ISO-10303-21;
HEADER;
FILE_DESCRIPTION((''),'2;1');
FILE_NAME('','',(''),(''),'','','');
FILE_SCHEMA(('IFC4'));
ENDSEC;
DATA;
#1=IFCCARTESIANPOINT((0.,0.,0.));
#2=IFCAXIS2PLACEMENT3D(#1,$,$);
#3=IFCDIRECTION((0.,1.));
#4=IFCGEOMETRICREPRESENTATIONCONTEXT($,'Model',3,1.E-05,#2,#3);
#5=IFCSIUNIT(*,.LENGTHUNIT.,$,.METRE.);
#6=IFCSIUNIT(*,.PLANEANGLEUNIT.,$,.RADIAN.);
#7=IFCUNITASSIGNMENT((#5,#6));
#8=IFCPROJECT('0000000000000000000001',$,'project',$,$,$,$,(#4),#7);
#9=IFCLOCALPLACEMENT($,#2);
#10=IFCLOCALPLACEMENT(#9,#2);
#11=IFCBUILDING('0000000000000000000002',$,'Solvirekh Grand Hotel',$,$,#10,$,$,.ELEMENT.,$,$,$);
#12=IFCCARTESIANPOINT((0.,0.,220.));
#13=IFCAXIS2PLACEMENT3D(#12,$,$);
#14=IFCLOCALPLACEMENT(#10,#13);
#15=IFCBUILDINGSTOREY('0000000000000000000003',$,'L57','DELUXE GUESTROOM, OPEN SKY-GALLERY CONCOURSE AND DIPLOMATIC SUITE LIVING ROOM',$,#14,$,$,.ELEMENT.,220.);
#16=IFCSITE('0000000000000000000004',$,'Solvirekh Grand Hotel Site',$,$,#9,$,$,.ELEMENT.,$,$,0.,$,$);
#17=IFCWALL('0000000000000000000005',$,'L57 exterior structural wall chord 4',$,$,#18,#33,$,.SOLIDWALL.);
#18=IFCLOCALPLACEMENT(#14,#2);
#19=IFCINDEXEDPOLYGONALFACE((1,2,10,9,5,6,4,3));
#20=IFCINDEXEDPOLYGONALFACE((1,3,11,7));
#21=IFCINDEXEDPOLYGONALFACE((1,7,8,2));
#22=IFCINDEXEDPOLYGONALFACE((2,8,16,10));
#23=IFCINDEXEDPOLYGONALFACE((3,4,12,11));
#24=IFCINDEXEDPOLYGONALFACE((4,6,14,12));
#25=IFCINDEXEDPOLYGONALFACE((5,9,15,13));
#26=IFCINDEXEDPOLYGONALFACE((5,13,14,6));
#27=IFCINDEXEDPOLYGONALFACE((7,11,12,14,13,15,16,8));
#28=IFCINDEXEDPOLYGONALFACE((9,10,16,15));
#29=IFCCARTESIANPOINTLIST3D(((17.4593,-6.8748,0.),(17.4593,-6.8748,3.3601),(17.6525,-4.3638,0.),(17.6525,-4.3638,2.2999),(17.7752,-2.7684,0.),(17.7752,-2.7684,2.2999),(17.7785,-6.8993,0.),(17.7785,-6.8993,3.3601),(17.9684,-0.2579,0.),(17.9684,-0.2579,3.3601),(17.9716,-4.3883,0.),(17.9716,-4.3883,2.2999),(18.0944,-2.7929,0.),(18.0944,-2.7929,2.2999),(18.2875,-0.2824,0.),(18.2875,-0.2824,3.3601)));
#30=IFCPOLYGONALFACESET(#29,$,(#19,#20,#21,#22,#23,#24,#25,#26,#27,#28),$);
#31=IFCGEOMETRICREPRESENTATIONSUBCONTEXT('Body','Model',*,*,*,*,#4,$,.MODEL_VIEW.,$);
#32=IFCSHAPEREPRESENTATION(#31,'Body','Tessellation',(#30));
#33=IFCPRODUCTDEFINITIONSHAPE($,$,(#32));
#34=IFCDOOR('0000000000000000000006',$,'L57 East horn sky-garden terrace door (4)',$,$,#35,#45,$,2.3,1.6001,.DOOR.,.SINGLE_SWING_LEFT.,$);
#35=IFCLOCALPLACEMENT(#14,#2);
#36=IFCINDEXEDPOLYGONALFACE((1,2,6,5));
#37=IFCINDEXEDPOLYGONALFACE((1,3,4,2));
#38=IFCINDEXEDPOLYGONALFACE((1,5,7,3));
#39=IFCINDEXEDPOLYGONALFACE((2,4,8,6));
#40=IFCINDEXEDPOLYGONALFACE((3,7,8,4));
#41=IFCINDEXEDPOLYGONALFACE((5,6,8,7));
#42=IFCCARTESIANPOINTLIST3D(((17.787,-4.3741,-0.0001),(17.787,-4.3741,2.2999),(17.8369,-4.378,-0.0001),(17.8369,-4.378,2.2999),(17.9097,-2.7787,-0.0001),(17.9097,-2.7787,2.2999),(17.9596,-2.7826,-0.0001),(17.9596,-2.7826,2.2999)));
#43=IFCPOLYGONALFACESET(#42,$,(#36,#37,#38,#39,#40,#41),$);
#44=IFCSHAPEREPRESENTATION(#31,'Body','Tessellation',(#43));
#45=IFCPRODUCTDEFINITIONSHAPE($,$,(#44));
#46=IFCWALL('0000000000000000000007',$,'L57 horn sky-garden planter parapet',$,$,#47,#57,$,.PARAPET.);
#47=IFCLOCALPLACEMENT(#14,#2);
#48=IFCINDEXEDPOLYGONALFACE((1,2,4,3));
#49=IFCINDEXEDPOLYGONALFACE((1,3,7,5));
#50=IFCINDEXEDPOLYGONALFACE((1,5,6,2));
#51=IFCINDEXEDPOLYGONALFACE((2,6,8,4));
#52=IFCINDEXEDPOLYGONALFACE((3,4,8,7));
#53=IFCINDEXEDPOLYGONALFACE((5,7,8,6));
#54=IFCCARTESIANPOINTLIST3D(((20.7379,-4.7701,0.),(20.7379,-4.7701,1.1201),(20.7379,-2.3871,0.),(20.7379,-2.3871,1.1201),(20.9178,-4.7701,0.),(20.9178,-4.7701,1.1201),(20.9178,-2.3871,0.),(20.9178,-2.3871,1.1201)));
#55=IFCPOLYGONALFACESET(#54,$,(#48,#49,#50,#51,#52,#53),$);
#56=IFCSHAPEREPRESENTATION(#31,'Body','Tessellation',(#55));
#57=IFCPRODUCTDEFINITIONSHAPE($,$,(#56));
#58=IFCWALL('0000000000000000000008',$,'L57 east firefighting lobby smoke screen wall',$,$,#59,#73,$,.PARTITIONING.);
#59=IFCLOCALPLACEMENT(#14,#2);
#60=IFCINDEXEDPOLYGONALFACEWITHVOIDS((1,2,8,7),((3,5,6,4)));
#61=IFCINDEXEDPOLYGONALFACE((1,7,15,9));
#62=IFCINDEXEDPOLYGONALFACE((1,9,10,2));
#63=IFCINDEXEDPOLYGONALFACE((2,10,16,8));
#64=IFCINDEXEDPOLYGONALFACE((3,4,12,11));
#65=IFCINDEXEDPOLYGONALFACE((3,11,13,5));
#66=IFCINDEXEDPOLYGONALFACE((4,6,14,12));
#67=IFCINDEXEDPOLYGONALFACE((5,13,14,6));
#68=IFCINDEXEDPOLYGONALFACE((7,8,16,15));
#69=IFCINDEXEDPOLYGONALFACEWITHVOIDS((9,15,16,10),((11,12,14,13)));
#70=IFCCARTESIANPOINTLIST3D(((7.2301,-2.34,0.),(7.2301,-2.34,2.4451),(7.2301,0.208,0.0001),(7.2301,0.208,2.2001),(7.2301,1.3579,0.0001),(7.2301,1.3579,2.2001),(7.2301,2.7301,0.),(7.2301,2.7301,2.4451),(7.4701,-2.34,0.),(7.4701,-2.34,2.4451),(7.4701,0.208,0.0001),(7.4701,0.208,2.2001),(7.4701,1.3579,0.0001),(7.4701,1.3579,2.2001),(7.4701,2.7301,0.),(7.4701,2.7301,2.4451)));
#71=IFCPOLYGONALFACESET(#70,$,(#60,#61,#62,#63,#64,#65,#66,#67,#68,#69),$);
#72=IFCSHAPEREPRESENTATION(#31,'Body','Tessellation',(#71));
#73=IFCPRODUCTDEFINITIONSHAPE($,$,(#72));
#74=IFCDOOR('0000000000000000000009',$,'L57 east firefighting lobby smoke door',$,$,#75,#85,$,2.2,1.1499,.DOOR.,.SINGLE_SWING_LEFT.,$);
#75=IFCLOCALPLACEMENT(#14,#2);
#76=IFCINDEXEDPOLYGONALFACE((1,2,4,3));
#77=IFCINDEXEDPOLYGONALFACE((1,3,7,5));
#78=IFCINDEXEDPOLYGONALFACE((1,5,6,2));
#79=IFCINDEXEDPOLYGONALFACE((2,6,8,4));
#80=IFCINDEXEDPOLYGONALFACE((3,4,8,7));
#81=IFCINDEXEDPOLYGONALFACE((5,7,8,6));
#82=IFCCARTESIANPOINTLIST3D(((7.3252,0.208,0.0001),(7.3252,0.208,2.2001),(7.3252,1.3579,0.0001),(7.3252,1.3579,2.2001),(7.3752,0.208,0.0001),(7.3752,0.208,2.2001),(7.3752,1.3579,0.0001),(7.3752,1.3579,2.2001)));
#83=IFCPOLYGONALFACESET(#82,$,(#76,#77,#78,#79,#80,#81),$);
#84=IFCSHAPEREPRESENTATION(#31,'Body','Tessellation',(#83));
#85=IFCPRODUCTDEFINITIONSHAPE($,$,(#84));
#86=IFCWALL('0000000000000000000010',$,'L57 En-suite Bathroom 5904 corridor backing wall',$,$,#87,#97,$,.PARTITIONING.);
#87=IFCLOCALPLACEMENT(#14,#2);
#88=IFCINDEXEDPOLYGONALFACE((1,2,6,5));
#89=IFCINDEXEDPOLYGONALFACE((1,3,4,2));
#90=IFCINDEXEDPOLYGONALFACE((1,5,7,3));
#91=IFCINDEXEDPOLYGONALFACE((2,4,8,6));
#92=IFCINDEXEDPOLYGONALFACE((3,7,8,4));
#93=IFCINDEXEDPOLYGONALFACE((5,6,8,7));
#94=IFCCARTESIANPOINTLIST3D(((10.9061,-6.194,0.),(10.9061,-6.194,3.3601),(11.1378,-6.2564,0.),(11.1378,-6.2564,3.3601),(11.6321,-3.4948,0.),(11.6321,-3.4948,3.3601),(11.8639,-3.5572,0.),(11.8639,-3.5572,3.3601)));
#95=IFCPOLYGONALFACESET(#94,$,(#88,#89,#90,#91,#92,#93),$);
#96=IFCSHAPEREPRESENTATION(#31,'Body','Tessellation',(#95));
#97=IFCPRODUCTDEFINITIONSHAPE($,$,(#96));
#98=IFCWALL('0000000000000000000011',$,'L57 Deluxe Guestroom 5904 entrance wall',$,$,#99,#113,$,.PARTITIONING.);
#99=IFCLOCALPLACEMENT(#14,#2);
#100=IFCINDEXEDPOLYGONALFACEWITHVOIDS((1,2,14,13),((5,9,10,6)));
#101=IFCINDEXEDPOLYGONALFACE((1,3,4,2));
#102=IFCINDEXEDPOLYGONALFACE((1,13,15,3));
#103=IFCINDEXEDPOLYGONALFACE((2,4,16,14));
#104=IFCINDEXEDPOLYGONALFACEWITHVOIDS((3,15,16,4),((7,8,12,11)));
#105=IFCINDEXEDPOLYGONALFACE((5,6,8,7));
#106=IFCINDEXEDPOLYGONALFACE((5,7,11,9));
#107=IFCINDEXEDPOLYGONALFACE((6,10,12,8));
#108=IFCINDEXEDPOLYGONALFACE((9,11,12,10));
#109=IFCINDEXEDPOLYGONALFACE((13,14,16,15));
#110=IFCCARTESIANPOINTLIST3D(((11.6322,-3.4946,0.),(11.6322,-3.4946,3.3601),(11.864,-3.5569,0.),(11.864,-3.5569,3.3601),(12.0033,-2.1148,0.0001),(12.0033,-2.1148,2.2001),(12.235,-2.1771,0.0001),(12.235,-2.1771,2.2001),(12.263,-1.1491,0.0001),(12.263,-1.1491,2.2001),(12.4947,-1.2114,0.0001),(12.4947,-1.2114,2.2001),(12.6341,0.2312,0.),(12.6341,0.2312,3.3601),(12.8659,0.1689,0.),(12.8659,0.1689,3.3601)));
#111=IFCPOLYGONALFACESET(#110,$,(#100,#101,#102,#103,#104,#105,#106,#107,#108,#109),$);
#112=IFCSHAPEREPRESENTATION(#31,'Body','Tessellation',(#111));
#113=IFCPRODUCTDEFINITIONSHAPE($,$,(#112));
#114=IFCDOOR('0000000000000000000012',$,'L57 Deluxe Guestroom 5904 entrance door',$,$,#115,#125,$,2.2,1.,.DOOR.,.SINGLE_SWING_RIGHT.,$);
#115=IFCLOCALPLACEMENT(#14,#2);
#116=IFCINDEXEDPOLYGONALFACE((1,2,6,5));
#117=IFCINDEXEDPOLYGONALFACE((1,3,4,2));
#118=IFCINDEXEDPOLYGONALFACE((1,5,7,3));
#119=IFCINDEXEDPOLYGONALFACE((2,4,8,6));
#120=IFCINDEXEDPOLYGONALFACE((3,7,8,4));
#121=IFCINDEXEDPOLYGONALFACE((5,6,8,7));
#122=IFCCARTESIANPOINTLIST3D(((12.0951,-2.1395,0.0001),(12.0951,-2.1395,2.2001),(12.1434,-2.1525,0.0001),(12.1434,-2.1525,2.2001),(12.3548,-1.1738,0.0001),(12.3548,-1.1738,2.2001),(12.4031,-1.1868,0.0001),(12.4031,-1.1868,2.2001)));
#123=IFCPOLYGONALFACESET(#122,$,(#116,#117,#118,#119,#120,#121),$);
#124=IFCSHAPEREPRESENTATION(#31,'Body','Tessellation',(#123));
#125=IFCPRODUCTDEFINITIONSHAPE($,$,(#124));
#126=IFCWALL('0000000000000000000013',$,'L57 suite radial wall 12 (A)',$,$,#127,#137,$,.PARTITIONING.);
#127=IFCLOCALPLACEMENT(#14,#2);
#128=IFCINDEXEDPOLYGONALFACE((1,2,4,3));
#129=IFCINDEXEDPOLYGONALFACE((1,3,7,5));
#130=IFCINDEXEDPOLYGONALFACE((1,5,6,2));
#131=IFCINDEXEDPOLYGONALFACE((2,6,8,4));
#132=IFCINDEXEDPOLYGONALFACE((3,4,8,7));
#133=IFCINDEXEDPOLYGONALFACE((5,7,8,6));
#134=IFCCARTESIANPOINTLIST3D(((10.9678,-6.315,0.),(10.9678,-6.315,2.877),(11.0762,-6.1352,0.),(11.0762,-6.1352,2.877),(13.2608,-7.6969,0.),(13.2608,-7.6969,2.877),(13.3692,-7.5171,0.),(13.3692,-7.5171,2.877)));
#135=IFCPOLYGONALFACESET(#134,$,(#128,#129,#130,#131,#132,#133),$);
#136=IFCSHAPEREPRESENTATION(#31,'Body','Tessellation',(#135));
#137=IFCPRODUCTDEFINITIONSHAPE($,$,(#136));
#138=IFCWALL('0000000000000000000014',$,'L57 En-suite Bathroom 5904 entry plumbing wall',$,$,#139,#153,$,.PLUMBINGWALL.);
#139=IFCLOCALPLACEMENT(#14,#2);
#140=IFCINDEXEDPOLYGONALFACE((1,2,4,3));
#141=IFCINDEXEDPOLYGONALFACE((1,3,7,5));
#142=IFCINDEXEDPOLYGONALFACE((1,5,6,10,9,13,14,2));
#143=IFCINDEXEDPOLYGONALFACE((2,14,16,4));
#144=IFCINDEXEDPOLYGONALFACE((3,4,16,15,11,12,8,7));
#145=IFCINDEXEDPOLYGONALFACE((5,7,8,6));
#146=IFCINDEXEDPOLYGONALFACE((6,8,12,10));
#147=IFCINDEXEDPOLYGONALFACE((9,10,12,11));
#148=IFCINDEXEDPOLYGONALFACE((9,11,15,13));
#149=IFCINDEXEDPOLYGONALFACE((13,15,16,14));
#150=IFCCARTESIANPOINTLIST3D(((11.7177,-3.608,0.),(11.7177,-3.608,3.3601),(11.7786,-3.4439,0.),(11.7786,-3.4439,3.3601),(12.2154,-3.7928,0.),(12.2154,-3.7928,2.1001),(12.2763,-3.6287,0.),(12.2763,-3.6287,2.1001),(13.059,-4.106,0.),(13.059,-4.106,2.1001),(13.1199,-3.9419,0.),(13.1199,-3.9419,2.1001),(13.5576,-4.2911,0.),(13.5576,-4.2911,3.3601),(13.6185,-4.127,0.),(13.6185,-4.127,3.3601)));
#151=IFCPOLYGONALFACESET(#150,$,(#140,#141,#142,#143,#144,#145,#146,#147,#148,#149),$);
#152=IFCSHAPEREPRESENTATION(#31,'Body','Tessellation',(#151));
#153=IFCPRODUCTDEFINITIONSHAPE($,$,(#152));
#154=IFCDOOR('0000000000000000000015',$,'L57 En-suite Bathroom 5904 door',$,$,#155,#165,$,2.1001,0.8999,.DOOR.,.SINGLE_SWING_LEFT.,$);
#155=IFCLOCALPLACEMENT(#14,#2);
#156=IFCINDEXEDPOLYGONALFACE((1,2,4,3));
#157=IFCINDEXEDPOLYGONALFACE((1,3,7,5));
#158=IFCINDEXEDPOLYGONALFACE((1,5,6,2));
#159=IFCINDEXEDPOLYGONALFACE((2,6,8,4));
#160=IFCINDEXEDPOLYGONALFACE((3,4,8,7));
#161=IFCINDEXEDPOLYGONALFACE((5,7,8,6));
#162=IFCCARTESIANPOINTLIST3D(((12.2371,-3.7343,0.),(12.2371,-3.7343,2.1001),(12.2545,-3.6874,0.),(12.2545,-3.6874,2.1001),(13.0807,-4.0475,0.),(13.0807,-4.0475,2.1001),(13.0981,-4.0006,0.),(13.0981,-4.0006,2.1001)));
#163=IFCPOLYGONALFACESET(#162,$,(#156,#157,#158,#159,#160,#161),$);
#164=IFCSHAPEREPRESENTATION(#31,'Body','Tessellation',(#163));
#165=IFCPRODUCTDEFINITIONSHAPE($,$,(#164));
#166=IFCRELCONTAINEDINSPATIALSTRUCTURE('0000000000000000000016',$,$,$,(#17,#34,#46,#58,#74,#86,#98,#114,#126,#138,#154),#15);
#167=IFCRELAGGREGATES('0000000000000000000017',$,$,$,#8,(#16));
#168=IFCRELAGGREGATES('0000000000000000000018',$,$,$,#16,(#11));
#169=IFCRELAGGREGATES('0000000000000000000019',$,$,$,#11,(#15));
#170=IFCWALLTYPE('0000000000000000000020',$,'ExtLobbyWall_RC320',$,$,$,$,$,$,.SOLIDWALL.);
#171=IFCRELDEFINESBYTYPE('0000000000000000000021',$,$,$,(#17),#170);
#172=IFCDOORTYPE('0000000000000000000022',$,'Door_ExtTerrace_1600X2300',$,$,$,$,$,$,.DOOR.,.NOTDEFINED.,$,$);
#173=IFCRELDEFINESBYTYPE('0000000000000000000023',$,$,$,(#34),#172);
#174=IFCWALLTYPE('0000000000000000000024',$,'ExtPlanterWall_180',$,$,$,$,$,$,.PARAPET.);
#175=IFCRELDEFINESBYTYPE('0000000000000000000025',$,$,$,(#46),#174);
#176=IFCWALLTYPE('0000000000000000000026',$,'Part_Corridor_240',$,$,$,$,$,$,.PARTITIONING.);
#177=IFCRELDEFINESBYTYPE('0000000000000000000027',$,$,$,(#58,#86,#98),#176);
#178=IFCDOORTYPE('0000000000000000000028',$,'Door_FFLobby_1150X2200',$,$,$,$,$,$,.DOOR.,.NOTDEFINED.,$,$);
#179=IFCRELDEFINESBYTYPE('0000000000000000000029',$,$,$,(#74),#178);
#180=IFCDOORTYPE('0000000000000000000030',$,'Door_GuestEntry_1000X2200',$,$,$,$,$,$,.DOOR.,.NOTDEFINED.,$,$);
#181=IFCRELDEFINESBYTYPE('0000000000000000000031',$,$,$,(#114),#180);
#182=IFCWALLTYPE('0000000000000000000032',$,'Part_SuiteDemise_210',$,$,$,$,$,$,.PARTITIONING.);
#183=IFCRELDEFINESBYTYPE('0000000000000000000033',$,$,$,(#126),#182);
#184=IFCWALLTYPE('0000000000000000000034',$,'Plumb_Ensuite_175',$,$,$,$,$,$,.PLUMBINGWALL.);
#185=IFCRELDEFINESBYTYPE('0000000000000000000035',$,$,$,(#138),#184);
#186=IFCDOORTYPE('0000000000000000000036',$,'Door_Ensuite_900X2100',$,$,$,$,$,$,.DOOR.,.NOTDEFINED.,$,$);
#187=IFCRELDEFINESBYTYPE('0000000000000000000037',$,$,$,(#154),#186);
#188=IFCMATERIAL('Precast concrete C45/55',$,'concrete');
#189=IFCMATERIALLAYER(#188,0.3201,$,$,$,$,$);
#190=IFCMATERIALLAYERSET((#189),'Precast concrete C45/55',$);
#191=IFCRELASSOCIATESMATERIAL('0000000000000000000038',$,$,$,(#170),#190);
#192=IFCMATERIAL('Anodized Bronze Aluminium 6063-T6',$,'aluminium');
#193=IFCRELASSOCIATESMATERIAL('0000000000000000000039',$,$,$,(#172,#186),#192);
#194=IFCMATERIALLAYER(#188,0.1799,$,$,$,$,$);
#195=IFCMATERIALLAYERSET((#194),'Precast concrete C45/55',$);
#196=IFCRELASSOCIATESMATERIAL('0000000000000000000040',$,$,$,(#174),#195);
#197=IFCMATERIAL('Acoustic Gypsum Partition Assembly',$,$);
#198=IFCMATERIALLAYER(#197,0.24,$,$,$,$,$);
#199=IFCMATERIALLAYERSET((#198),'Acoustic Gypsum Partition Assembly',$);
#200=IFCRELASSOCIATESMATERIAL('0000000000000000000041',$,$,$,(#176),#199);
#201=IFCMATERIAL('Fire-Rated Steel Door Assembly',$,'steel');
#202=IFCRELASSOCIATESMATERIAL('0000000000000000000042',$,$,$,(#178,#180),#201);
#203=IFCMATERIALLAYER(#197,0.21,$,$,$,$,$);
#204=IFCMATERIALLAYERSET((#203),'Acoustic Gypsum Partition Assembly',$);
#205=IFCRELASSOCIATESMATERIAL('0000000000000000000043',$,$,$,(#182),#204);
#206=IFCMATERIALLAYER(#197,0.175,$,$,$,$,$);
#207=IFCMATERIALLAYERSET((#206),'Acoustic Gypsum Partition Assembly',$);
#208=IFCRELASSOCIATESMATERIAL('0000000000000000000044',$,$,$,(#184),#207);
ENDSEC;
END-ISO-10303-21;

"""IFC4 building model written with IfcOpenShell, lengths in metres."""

from ifc_helpers import new_model, si_unit, direction, frame, frame_2d, origin, place, context, subcontext, project, spatial, rectangle, extrude, material, layer, layer_set, type_object, element, fill, save


model = new_model("IFC4")

# Units and contexts
model_context = context("Model", 3, precision=1e-05, world=origin(), true_north=direction((0.0, 1.0)))
body_context = subcontext(model_context, "Body", "Model", "MODEL_VIEW")
ifc_project = project(units=[si_unit("LENGTHUNIT", "METRE"), si_unit("PLANEANGLEUNIT", "RADIAN")], contexts=[model_context])

# Site, building, storey
site_placement = place(None, origin())
site = spatial("IfcSite", under=ifc_project, at=site_placement, Name="Solvirekh Grand Hotel Site", CompositionType="ELEMENT", RefElevation=0.0)
building_placement = place(site_placement, origin())
building = spatial("IfcBuilding", under=site, at=building_placement, Name="Solvirekh Grand Hotel", CompositionType="ELEMENT")
storey_placement = place(building_placement, frame((0.0, 0.0, 220.0)))
storey = spatial("IfcBuildingStorey", under=building, at=storey_placement, Name="L57", Description="DELUXE GUESTROOM, OPEN SKY-GALLERY CONCOURSE AND DIPLOMATIC SUITE LIVING ROOM", CompositionType="ELEMENT", Elevation=220.0)

# Shared definitions
ifc_material_1 = material(Name="Anodized Bronze Aluminium 6063-T6", Category="aluminium")

# Wall, opening, door
ifc_material_2 = material(Name="Precast concrete C45/55", Category="concrete")
ifc_layer_1 = layer(ifc_material_2, 0.3201)
ifc_layer_set_1 = layer_set([ifc_layer_1], Name="Precast concrete C45/55")
wall_type_1 = type_object("IfcWallType", Name="ExtLobbyWall_RC320", PredefinedType="SOLIDWALL", material=ifc_layer_set_1)
wall_1_placement = place(storey_placement, frame((18.1279, -0.27, 0.0), z_axis=(0.0, 0.0, 1.0), x_axis=(-0.076702, -0.997054, 0.0)))
wall_1 = element("IfcWall", 1, at=wall_1_placement, inside=storey, type_object=wall_type_1, Name="L57 exterior structural wall chord 4", PredefinedType="SOLIDWALL", context=body_context, shape_type="SweptSolid", body=[
    extrude(rectangle(XDim=6.6365, YDim=0.3201, at=frame_2d((3.3184, 0.0))), origin(), (0.0, 0.0, 1.0), 3.3601),
])
opening_1_placement = place(wall_1_placement, frame((2.5181, 0.0, 0.0)))
opening_1 = element("IfcOpeningElement", 2, at=opening_1_placement, cuts=wall_1, PredefinedType="OPENING", context=body_context, shape_type="SweptSolid", body=[
    extrude(rectangle(XDim=1.6001, YDim=2.3, at=frame_2d((0.8, 1.1499))), frame((0.0, 0.1699, 0.0), z_axis=(0.0, -1.0, 0.0), x_axis=(1.0, 0.0, 0.0)), (0.0, 0.0, 1.0), 0.3401),
])
door_type_1 = type_object("IfcDoorType", Name="Door_ExtTerrace_1600X2300", OperationType="NOTDEFINED", PredefinedType="DOOR", material=ifc_material_1)
door_1_placement = place(opening_1_placement, origin())
door_1 = element("IfcDoor", 3, at=door_1_placement, inside=storey, type_object=door_type_1, Name="L57 East horn sky-garden terrace door (4)", OperationType="SINGLE_SWING_LEFT", OverallHeight=2.3, OverallWidth=1.6001, PredefinedType="DOOR", context=body_context, shape_type="SweptSolid", body=[
    extrude(rectangle(XDim=1.6001, YDim=2.3, at=frame_2d((0.8, 1.1499))), frame((0.0, 0.0249, 0.0), z_axis=(0.0, -1.0, 0.0), x_axis=(1.0, 0.0, 0.0)), (0.0, 0.0, 1.0), 0.05),
])
fill(opening_1, door_1)

# Wall
ifc_layer_2 = layer(ifc_material_2, 0.1799)
ifc_layer_set_2 = layer_set([ifc_layer_2], Name="Precast concrete C45/55")
wall_type_2 = type_object("IfcWallType", Name="ExtPlanterWall_180", PredefinedType="PARAPET", material=ifc_layer_set_2)
wall_2_placement = place(storey_placement, frame((20.8279, -4.77, 0.0), z_axis=(0.0, 0.0, 1.0), x_axis=(0.0, 1.0, 0.0)))
element("IfcWall", 4, at=wall_2_placement, inside=storey, type_object=wall_type_2, Name="L57 horn sky-garden planter parapet", PredefinedType="PARAPET", context=body_context, shape_type="SweptSolid", body=[
    extrude(rectangle(XDim=2.3831, YDim=0.1799, at=frame_2d((1.1914, 0.0))), origin(), (0.0, 0.0, 1.0), 1.1201),
])

# Wall, opening, door
ifc_material_3 = material(Name="Acoustic Gypsum Partition Assembly")
ifc_layer_3 = layer(ifc_material_3, 0.24)
ifc_layer_set_3 = layer_set([ifc_layer_3], Name="Acoustic Gypsum Partition Assembly")
wall_type_3 = type_object("IfcWallType", Name="Part_Corridor_240", PredefinedType="PARTITIONING", material=ifc_layer_set_3)
wall_3_placement = place(storey_placement, frame((7.3501, -2.3401, 0.0), z_axis=(0.0, 0.0, 1.0), x_axis=(0.0, 1.0, 0.0)))
wall_3 = element("IfcWall", 5, at=wall_3_placement, inside=storey, type_object=wall_type_3, Name="L57 east firefighting lobby smoke screen wall", PredefinedType="PARTITIONING", context=body_context, shape_type="SweptSolid", body=[
    extrude(rectangle(XDim=5.0701, YDim=0.24, at=frame_2d((2.5352, 0.0))), origin(), (0.0, 0.0, 1.0), 2.4451),
])
opening_2_placement = place(wall_3_placement, frame((2.5481, 0.0, 0.0)))
opening_2 = element("IfcOpeningElement", 6, at=opening_2_placement, cuts=wall_3, PredefinedType="OPENING", context=body_context, shape_type="SweptSolid", body=[
    extrude(rectangle(XDim=1.1499, YDim=2.2, at=frame_2d((0.575, 1.1001))), frame((0.0, 0.1299, 0.0), z_axis=(0.0, -1.0, 0.0), x_axis=(1.0, 0.0, 0.0)), (0.0, 0.0, 1.0), 0.26),
])
ifc_material_4 = material(Name="Fire-Rated Steel Door Assembly", Category="steel")
door_type_2 = type_object("IfcDoorType", Name="Door_FFLobby_1150X2200", OperationType="NOTDEFINED", PredefinedType="DOOR", material=ifc_material_4)
door_2_placement = place(opening_2_placement, origin())
door_2 = element("IfcDoor", 7, at=door_2_placement, inside=storey, type_object=door_type_2, Name="L57 east firefighting lobby smoke door", OperationType="SINGLE_SWING_LEFT", OverallHeight=2.2, OverallWidth=1.1499, PredefinedType="DOOR", context=body_context, shape_type="SweptSolid", body=[
    extrude(rectangle(XDim=1.1499, YDim=2.2, at=frame_2d((0.575, 1.1001))), frame((0.0, 0.0249, 0.0), z_axis=(0.0, -1.0, 0.0), x_axis=(1.0, 0.0, 0.0)), (0.0, 0.0, 1.0), 0.05),
])
fill(opening_2, door_2)

# Wall
wall_4_placement = place(storey_placement, frame((11.022, -6.2251, 0.0), z_axis=(0.0, 0.0, 1.0), x_axis=(0.25976, 0.965673, 0.0)))
element("IfcWall", 8, at=wall_4_placement, inside=storey, type_object=wall_type_3, Name="L57 En-suite Bathroom 5904 corridor backing wall", PredefinedType="PARTITIONING", context=body_context, shape_type="SweptSolid", body=[
    extrude(rectangle(XDim=2.7952, YDim=0.24, at=frame_2d((1.3975, 0.0))), origin(), (0.0, 0.0, 1.0), 3.3601),
])

# Wall, opening, door
wall_5_placement = place(storey_placement, frame((11.748, -3.5259, 0.0), z_axis=(0.0, 0.0, 1.0), x_axis=(0.259694, 0.965691, 0.0)))
wall_5 = element("IfcWall", 9, at=wall_5_placement, inside=storey, type_object=wall_type_3, Name="L57 Deluxe Guestroom 5904 entrance wall", PredefinedType="PARTITIONING", context=body_context, shape_type="SweptSolid", body=[
    extrude(rectangle(XDim=3.8582, YDim=0.24, at=frame_2d((1.9292, 0.0))), origin(), (0.0, 0.0, 1.0), 3.3601),
])
opening_3_placement = place(wall_5_placement, frame((1.429, 0.0, 0.0)))
opening_3 = element("IfcOpeningElement", 10, at=opening_3_placement, cuts=wall_5, PredefinedType="OPENING", context=body_context, shape_type="SweptSolid", body=[
    extrude(rectangle(XDim=1.0, YDim=2.2, at=frame_2d((0.5, 1.1001))), frame((0.0, 0.1299, 0.0), z_axis=(0.0, -1.0, 0.0), x_axis=(1.0, 0.0, 0.0)), (0.0, 0.0, 1.0), 0.26),
])
door_type_3 = type_object("IfcDoorType", Name="Door_GuestEntry_1000X2200", OperationType="NOTDEFINED", PredefinedType="DOOR", material=ifc_material_4)
door_3_placement = place(opening_3_placement, origin())
door_3 = element("IfcDoor", 11, at=door_3_placement, inside=storey, type_object=door_type_3, Name="L57 Deluxe Guestroom 5904 entrance door", OperationType="SINGLE_SWING_RIGHT", OverallHeight=2.2, OverallWidth=1.0, PredefinedType="DOOR", context=body_context, shape_type="SweptSolid", body=[
    extrude(rectangle(XDim=1.0, YDim=2.2, at=frame_2d((0.5, 1.1001))), frame((0.0, 0.0249, 0.0), z_axis=(0.0, -1.0, 0.0), x_axis=(1.0, 0.0, 0.0)), (0.0, 0.0, 1.0), 0.05),
])
fill(opening_3, door_3)

# Wall
ifc_layer_4 = layer(ifc_material_3, 0.21)
ifc_layer_set_4 = layer_set([ifc_layer_4], Name="Acoustic Gypsum Partition Assembly")
wall_type_4 = type_object("IfcWallType", Name="Part_SuiteDemise_210", PredefinedType="PARTITIONING", material=ifc_layer_set_4)
wall_6_placement = place(storey_placement, frame((11.022, -6.2251, 0.0), z_axis=(0.0, 0.0, 1.0), x_axis=(0.856494, -0.516158, 0.0)))
element("IfcWall", 12, at=wall_6_placement, inside=storey, type_object=wall_type_4, Name="L57 suite radial wall 12 (A)", PredefinedType="PARTITIONING", context=body_context, shape_type="SweptSolid", body=[
    extrude(rectangle(XDim=2.6772, YDim=0.21, at=frame_2d((1.3386, 0.0))), origin(), (0.0, 0.0, 1.0), 2.877),
])

# Wall, opening, door
ifc_layer_5 = layer(ifc_material_3, 0.175)
ifc_layer_set_5 = layer_set([ifc_layer_5], Name="Acoustic Gypsum Partition Assembly")
wall_type_5 = type_object("IfcWallType", Name="Plumb_Ensuite_175", PredefinedType="PLUMBINGWALL", material=ifc_layer_set_5)
wall_7_placement = place(storey_placement, frame((11.748, -3.5259, 0.0), z_axis=(0.0, 0.0, 1.0), x_axis=(0.937469, -0.348068, 0.0)))
wall_7 = element("IfcWall", 13, at=wall_7_placement, inside=storey, type_object=wall_type_5, Name="L57 En-suite Bathroom 5904 entry plumbing wall", PredefinedType="PLUMBINGWALL", context=body_context, shape_type="SweptSolid", body=[
    extrude(rectangle(XDim=1.9626, YDim=0.175, at=frame_2d((0.9814, 0.0))), origin(), (0.0, 0.0, 1.0), 3.3601),
])
opening_4_placement = place(wall_7_placement, frame((0.531, 0.0, 0.0)))
opening_4 = element("IfcOpeningElement", 14, at=opening_4_placement, cuts=wall_7, PredefinedType="OPENING", context=body_context, shape_type="SweptSolid", body=[
    extrude(rectangle(XDim=0.8999, YDim=2.1001, at=frame_2d((0.45, 1.05))), frame((0.0, 0.0977, 0.0), z_axis=(0.0, -1.0, 0.0), x_axis=(1.0, 0.0, 0.0)), (0.0, 0.0, 1.0), 0.1951),
])
door_type_4 = type_object("IfcDoorType", Name="Door_Ensuite_900X2100", OperationType="NOTDEFINED", PredefinedType="DOOR", material=ifc_material_1)
door_4_placement = place(opening_4_placement, origin())
door_4 = element("IfcDoor", 15, at=door_4_placement, inside=storey, type_object=door_type_4, Name="L57 En-suite Bathroom 5904 door", OperationType="SINGLE_SWING_LEFT", OverallHeight=2.1001, OverallWidth=0.8999, PredefinedType="DOOR", context=body_context, shape_type="SweptSolid", body=[
    extrude(rectangle(XDim=0.8999, YDim=2.1001, at=frame_2d((0.45, 1.05))), frame((0.0, 0.0249, 0.0), z_axis=(0.0, -1.0, 0.0), x_axis=(1.0, 0.0, 0.0)), (0.0, 0.0, 1.0), 0.05),
])
fill(opening_4, door_4)

save(model, "model.ifc")
